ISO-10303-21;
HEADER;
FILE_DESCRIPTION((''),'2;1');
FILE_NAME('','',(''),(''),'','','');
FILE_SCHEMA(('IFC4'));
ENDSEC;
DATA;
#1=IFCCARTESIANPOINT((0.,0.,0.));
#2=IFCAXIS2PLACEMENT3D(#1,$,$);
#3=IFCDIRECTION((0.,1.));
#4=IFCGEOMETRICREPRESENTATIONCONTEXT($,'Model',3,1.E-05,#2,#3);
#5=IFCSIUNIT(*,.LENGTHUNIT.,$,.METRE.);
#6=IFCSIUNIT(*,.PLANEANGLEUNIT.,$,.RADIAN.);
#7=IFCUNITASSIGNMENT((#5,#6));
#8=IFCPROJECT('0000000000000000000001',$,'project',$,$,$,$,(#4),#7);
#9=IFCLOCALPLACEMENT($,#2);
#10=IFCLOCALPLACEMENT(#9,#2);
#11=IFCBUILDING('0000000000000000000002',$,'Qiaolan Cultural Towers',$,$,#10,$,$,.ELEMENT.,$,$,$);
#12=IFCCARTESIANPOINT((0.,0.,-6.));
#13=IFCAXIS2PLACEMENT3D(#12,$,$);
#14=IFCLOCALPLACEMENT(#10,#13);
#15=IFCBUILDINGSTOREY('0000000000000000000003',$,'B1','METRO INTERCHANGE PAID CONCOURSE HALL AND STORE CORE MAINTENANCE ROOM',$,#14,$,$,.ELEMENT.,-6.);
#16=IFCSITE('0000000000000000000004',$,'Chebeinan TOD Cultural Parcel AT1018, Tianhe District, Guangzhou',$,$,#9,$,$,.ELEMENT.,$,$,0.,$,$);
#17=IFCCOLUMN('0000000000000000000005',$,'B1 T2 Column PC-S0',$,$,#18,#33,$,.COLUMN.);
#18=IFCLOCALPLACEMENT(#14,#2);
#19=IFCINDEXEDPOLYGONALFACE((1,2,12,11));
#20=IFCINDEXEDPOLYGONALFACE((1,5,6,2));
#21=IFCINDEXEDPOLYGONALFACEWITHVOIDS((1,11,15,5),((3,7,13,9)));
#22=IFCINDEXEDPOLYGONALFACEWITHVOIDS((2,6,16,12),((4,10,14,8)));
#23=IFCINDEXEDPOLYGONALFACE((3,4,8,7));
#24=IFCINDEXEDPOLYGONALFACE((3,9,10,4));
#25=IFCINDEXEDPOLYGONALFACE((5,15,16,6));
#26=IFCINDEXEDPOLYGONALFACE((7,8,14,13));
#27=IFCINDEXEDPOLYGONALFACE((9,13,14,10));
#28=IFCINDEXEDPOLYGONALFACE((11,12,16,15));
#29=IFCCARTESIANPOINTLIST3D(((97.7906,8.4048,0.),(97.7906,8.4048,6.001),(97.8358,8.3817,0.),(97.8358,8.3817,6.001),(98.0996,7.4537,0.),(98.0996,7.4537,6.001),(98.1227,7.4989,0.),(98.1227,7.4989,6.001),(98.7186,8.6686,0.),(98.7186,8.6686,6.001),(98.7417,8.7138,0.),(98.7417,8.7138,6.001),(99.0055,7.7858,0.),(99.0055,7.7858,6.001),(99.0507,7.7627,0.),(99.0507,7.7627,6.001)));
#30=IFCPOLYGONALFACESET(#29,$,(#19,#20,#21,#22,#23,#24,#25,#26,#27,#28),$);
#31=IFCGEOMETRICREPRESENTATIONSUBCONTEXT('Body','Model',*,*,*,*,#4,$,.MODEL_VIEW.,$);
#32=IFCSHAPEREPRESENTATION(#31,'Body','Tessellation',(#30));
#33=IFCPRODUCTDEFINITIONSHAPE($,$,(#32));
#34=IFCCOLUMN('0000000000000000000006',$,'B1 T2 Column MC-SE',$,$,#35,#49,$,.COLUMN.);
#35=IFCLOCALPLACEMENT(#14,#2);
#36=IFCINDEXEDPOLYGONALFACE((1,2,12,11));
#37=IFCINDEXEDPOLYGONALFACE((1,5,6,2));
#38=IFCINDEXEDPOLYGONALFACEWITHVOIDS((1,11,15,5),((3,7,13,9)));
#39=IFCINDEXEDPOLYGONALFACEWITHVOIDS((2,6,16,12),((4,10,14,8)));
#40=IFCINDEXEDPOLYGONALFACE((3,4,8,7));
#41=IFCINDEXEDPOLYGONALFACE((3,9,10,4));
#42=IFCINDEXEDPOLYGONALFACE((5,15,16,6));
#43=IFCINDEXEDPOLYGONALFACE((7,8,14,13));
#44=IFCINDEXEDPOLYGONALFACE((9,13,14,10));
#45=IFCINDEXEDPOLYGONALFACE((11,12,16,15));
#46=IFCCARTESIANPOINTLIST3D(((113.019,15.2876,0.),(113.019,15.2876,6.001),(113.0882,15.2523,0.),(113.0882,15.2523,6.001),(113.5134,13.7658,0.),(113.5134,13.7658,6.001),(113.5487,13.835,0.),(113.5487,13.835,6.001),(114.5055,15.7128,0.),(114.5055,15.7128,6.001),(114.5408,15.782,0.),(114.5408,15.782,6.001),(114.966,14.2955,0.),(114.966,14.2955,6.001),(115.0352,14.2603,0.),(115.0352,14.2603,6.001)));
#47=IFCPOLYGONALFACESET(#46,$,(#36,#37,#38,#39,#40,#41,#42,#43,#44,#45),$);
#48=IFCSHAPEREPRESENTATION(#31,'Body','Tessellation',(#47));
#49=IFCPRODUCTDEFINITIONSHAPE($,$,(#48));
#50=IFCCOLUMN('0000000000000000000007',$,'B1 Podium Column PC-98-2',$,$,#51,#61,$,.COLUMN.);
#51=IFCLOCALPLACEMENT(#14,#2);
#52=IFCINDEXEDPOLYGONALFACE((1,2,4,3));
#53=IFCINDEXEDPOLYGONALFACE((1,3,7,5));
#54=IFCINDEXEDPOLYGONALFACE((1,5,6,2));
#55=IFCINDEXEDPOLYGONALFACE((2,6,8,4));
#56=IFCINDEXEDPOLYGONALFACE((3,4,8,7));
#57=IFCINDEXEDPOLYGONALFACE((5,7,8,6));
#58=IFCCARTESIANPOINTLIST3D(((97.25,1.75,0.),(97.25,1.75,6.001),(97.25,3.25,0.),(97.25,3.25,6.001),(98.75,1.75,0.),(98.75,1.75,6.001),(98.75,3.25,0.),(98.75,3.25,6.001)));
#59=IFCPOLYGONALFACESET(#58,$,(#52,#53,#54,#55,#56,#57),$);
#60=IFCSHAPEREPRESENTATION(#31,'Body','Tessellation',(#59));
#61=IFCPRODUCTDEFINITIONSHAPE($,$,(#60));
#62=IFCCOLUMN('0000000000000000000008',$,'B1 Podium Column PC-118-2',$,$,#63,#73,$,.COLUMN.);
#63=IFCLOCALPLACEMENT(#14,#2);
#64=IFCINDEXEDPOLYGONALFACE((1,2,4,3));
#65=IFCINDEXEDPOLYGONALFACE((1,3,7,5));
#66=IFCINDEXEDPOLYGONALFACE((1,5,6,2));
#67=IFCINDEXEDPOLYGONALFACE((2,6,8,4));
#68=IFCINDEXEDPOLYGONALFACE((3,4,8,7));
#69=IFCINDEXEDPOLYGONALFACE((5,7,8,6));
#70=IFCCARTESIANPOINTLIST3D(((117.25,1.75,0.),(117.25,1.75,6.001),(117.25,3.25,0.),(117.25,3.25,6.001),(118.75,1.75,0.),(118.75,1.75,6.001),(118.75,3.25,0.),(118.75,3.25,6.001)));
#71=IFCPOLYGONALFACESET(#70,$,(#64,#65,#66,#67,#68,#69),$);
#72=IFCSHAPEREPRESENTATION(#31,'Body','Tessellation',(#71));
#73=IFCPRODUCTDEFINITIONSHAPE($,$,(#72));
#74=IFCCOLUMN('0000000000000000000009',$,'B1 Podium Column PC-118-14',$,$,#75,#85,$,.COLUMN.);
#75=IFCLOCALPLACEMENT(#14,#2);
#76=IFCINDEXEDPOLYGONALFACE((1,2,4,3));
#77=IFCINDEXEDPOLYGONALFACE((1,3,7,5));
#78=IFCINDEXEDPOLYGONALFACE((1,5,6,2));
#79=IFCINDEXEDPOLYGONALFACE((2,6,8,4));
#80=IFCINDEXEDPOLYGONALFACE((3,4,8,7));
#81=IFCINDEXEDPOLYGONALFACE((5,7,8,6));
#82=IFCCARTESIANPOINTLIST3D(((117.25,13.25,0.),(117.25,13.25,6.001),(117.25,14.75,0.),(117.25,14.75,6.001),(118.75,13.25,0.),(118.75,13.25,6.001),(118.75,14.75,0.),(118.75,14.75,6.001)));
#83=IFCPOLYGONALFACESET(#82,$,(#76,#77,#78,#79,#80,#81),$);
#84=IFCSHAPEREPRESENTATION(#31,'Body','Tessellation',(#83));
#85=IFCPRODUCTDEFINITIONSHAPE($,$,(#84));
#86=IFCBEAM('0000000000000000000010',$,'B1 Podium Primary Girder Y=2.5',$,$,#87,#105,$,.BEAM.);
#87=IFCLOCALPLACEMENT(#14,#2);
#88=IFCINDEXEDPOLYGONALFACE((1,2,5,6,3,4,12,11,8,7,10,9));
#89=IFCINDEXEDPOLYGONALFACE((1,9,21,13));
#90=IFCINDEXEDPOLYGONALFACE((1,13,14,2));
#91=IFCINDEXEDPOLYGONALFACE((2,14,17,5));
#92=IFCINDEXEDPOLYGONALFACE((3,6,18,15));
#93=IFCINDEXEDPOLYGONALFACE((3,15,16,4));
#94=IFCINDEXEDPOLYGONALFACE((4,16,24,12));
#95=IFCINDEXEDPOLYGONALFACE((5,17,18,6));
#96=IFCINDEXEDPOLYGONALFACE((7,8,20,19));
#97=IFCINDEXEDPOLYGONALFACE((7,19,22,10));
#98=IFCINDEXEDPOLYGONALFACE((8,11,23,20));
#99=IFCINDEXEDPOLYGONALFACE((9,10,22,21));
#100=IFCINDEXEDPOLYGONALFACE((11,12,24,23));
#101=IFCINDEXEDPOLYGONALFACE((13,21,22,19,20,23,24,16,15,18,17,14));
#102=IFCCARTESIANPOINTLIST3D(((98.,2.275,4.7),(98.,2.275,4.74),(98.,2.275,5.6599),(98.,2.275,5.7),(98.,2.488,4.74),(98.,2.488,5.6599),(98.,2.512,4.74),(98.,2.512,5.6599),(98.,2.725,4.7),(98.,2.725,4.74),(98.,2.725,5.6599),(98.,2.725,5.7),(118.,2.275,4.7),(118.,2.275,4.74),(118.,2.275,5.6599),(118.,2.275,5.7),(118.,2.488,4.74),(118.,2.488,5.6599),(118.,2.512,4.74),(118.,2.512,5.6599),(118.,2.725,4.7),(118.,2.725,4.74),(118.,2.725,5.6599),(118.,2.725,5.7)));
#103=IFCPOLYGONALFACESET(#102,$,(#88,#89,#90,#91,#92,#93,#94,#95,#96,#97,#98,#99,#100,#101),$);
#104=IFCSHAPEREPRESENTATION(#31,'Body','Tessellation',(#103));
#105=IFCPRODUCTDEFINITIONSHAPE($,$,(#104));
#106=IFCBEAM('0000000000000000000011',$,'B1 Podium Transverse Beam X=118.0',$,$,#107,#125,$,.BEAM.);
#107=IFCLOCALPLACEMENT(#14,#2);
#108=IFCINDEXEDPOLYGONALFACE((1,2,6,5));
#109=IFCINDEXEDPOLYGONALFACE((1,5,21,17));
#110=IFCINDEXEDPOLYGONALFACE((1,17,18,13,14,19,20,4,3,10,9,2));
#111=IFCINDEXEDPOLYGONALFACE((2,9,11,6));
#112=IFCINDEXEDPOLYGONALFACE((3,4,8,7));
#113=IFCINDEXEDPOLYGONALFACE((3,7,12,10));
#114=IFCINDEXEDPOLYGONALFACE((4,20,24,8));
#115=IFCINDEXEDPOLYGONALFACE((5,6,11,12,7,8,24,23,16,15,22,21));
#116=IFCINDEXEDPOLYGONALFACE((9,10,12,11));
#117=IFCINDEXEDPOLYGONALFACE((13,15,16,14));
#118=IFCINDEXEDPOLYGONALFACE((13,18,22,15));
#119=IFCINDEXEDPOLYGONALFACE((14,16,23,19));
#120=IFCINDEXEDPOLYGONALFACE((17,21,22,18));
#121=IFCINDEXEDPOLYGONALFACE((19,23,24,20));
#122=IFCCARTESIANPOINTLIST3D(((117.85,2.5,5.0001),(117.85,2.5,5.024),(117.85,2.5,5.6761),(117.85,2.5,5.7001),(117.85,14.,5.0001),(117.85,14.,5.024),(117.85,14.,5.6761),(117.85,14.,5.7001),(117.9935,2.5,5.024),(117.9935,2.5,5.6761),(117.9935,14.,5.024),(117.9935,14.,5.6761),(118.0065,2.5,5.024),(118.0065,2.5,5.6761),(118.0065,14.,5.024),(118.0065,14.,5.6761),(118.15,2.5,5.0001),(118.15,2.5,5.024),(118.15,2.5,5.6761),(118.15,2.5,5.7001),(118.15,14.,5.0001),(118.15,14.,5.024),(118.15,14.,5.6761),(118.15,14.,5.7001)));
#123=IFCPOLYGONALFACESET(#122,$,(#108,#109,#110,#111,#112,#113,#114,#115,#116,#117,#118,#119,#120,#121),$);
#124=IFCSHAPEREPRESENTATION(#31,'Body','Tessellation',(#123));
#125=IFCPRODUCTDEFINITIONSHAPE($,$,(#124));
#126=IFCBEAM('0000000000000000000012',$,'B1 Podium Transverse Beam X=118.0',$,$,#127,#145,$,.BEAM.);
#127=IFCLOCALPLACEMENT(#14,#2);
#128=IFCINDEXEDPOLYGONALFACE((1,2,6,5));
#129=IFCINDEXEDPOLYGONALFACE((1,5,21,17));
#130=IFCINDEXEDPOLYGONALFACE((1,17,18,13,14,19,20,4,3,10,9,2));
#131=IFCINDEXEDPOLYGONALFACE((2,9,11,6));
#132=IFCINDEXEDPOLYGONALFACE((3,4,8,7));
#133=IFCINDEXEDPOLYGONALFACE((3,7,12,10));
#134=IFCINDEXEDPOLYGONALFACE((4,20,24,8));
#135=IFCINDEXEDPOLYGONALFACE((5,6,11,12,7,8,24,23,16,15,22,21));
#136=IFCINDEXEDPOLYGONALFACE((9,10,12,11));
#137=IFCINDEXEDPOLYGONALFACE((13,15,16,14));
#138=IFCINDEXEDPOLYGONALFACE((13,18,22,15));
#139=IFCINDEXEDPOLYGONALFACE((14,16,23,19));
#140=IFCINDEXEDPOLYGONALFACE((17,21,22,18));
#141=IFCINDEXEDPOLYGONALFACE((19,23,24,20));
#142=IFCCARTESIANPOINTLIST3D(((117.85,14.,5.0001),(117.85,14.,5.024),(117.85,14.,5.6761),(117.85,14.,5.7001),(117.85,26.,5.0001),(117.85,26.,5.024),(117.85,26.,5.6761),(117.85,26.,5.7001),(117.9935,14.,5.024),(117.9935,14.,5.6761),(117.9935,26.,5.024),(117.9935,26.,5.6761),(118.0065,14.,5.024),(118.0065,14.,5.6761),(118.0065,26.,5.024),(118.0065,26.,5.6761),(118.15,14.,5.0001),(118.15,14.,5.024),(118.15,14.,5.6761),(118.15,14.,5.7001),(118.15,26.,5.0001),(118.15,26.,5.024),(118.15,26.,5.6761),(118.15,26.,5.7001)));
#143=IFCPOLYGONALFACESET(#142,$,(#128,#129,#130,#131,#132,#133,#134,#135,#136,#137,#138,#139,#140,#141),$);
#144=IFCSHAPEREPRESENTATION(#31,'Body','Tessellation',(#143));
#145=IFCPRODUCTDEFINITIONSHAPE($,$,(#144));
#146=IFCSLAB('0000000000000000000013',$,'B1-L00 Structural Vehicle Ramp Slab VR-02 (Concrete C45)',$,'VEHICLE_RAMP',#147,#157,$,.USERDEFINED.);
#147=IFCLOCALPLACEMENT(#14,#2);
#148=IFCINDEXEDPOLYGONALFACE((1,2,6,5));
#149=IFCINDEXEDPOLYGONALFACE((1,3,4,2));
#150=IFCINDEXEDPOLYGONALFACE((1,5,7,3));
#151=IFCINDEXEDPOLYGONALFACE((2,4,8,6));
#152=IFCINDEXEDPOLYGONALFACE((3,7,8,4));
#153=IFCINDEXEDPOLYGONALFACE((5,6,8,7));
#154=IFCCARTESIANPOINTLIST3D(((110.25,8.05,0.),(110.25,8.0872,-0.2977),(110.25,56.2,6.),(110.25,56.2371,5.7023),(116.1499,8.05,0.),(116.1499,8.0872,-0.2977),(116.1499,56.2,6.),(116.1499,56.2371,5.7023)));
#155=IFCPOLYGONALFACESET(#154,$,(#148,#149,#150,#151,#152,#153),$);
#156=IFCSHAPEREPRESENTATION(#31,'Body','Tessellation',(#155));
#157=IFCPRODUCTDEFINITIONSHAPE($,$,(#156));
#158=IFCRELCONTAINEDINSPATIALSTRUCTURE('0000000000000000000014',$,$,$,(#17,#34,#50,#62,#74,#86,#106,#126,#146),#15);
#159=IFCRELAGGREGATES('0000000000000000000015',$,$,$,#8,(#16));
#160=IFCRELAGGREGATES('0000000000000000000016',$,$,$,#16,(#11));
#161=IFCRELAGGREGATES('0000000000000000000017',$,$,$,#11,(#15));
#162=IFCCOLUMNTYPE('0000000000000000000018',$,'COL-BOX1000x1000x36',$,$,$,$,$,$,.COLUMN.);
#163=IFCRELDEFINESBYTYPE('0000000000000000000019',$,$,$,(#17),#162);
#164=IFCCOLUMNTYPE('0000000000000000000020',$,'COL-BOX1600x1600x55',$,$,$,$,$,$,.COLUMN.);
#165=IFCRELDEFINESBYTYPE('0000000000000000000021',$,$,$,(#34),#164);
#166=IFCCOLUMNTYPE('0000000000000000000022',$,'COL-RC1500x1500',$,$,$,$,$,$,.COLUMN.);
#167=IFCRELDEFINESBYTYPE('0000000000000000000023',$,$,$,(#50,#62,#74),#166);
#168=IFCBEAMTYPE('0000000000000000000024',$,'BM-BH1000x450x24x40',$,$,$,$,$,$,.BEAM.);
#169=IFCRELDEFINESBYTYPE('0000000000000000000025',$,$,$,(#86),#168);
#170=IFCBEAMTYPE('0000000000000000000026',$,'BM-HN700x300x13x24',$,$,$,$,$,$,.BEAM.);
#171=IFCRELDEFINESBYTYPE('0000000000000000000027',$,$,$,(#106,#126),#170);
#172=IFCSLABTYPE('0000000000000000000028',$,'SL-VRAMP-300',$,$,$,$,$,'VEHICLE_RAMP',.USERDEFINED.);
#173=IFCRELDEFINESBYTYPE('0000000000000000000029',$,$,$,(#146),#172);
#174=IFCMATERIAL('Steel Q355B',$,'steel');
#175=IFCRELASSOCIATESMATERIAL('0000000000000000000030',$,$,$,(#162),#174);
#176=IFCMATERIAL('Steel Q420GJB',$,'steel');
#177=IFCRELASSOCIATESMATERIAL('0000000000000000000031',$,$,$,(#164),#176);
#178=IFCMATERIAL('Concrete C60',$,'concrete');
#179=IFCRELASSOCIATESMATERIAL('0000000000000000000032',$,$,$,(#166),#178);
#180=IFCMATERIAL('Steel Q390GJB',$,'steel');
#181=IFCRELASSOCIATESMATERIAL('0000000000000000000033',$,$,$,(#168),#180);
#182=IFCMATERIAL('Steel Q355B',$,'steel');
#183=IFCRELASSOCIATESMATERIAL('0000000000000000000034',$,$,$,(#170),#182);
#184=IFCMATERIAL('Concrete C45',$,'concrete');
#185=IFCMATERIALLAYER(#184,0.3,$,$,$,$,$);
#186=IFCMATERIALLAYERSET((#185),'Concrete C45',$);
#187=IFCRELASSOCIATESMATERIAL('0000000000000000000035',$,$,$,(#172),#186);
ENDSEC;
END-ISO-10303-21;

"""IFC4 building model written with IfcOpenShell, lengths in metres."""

from ifc_helpers import new_model, si_unit, direction, frame, origin, origin_2d, place, context, subcontext, project, spatial, polyline, rectangle, hollow_rectangle, i_section, outline, extrude, material, layer, layer_set, material_profile, profile_set, type_object, element, save


model = new_model("IFC4")

# Units and contexts
model_context = context("Model", 3, precision=1e-05, world=origin(), true_north=direction((0.0, 1.0)))
body_context = subcontext(model_context, "Body", "Model", "MODEL_VIEW")
ifc_project = project(units=[si_unit("LENGTHUNIT", "METRE"), si_unit("PLANEANGLEUNIT", "RADIAN")], contexts=[model_context])

# Site, building, storey
site_placement = place(None, origin())
site = spatial("IfcSite", under=ifc_project, at=site_placement, Name="Chebeinan TOD Cultural Parcel AT1018, Tianhe District, Guangzhou", CompositionType="ELEMENT", RefElevation=0.0)
building_placement = place(site_placement, origin())
building = spatial("IfcBuilding", under=site, at=building_placement, Name="Qiaolan Cultural Towers", CompositionType="ELEMENT")
storey_placement = place(building_placement, frame((0.0, 0.0, -6.0)))
storey = spatial("IfcBuildingStorey", under=building, at=storey_placement, Name="B1", Description="METRO INTERCHANGE PAID CONCOURSE HALL AND STORE CORE MAINTENANCE ROOM", CompositionType="ELEMENT", Elevation=-6.0)

# Columns
ifc_material_1 = material(Name="Steel Q355B", Category="steel")
ifc_material_profile_1 = material_profile(ifc_material_1, hollow_rectangle(XDim=1.0, YDim=1.0, WallThickness=0.0359, at=origin_2d()), Name="BOX1000x1000x36")
ifc_profile_set_1 = profile_set([ifc_material_profile_1], Name="Steel Q355B")
column_type_1 = type_object("IfcColumnType", Name="COL-BOX1000x1000x36", PredefinedType="COLUMN", material=ifc_profile_set_1)
column_1_placement = place(storey_placement, frame((98.4207, 8.0837, 0.0), z_axis=(0.0, 0.0, 1.0), x_axis=(0.951057, 0.309017, 0.0)))
element("IfcColumn", 1, at=column_1_placement, inside=storey, type_object=column_type_1, Name="B1 T2 Column PC-S0", PredefinedType="COLUMN", context=body_context, shape_type="SweptSolid", body=[
    extrude(hollow_rectangle(XDim=1.0, YDim=1.0, WallThickness=0.0359, at=origin_2d()), origin(), (0.0, 0.0, 1.0), 6.001),
])
ifc_material_2 = material(Name="Steel Q420GJB", Category="steel")
ifc_material_profile_2 = material_profile(ifc_material_2, hollow_rectangle(XDim=1.6001, YDim=1.6001, WallThickness=0.0549, at=origin_2d()), Name="BOX1600x1600x55")
ifc_profile_set_2 = profile_set([ifc_material_profile_2], Name="Steel Q420GJB")
column_type_2 = type_object("IfcColumnType", Name="COL-BOX1600x1600x55", PredefinedType="COLUMN", material=ifc_profile_set_2)
column_2_placement = place(storey_placement, frame((114.0271, 14.7739, 0.0), z_axis=(0.0, 0.0, 1.0), x_axis=(0.951057, 0.309017, 0.0)))
element("IfcColumn", 2, at=column_2_placement, inside=storey, type_object=column_type_2, Name="B1 T2 Column MC-SE", PredefinedType="COLUMN", context=body_context, shape_type="SweptSolid", body=[
    extrude(hollow_rectangle(XDim=1.6001, YDim=1.6001, WallThickness=0.0549, at=origin_2d()), origin(), (0.0, 0.0, 1.0), 6.001),
])
ifc_material_3 = material(Name="Concrete C60", Category="concrete")
ifc_material_profile_3 = material_profile(ifc_material_3, rectangle(XDim=1.5, YDim=1.5, at=origin_2d()), Name="RC1500x1500")
ifc_profile_set_3 = profile_set([ifc_material_profile_3], Name="Concrete C60")
column_type_3 = type_object("IfcColumnType", Name="COL-RC1500x1500", PredefinedType="COLUMN", material=ifc_profile_set_3)
for number, where, z_axis, x_axis, name in (
    (3, (98.0, 2.5, 0.0), (0.0, 0.0, 1.0), (1.0, 0.0, 0.0), "B1 Podium Column PC-98-2"),
    (4, (118.0, 2.5, 0.0), (0.0, 0.0, 1.0), (1.0, 0.0, 0.0), "B1 Podium Column PC-118-2"),
    (5, (118.0, 14.0, 0.0), (0.0, 0.0, 1.0), (1.0, 0.0, 0.0), "B1 Podium Column PC-118-14"),
):
    element("IfcColumn", number, at=place(storey_placement, frame(where, z_axis=z_axis, x_axis=x_axis)), inside=storey, type_object=column_type_3, Name=name, PredefinedType="COLUMN", context=body_context, shape_type="SweptSolid", body=[
        extrude(rectangle(XDim=1.5, YDim=1.5, at=origin_2d()), origin(), (0.0, 0.0, 1.0), 6.001),
    ])

# Beams
ifc_material_4 = material(Name="Steel Q390GJB", Category="steel")
ifc_material_profile_4 = material_profile(ifc_material_4, i_section(OverallWidth=0.45, OverallDepth=1.0, WebThickness=0.0239, FlangeThickness=0.04, at=origin_2d()), Name="BH1000x450x24x40")
ifc_profile_set_4 = profile_set([ifc_material_profile_4], Name="Steel Q390GJB")
beam_type_1 = type_object("IfcBeamType", Name="BM-BH1000x450x24x40", PredefinedType="BEAM", material=ifc_profile_set_4)
beam_1_placement = place(storey_placement, frame((98.0, 2.5, 5.2), z_axis=(1.0, 0.0, 0.0), x_axis=(0.0, 1.0, 0.0)))
element("IfcBeam", 6, at=beam_1_placement, inside=storey, type_object=beam_type_1, Name="B1 Podium Primary Girder Y=2.5", PredefinedType="BEAM", context=body_context, shape_type="SweptSolid", body=[
    extrude(i_section(OverallWidth=0.45, OverallDepth=1.0, WebThickness=0.0239, FlangeThickness=0.04, at=origin_2d()), origin(), (0.0, 0.0, 1.0), 20.0),
])
ifc_material_5 = material(Name="Steel Q355B", Category="steel")
ifc_material_profile_5 = material_profile(ifc_material_5, i_section(OverallWidth=0.3, OverallDepth=0.7, WebThickness=0.0129, FlangeThickness=0.0239, at=origin_2d()), Name="HN700x300x13x24")
ifc_profile_set_5 = profile_set([ifc_material_profile_5], Name="Steel Q355B")
beam_type_2 = type_object("IfcBeamType", Name="BM-HN700x300x13x24", PredefinedType="BEAM", material=ifc_profile_set_5)
beam_2_placement = place(storey_placement, frame((118.0, 2.5, 5.3501), z_axis=(0.0, 1.0, 0.0), x_axis=(-1.0, 0.0, 0.0)))
element("IfcBeam", 7, at=beam_2_placement, inside=storey, type_object=beam_type_2, Name="B1 Podium Transverse Beam X=118.0", PredefinedType="BEAM", context=body_context, shape_type="SweptSolid", body=[
    extrude(i_section(OverallWidth=0.3, OverallDepth=0.7, WebThickness=0.0129, FlangeThickness=0.0239, at=origin_2d()), origin(), (0.0, 0.0, 1.0), 11.5),
])
beam_3_placement = place(storey_placement, frame((118.0, 14.0, 5.3501), z_axis=(0.0, 1.0, 0.0), x_axis=(-1.0, 0.0, 0.0)))
element("IfcBeam", 8, at=beam_3_placement, inside=storey, type_object=beam_type_2, Name="B1 Podium Transverse Beam X=118.0", PredefinedType="BEAM", context=body_context, shape_type="SweptSolid", body=[
    extrude(i_section(OverallWidth=0.3, OverallDepth=0.7, WebThickness=0.0129, FlangeThickness=0.0239, at=origin_2d()), origin(), (0.0, 0.0, 1.0), 12.0),
])

# Slab
ifc_material_6 = material(Name="Concrete C45", Category="concrete")
ifc_layer_1 = layer(ifc_material_6, 0.3)
ifc_layer_set_1 = layer_set([ifc_layer_1], Name="Concrete C45")
slab_type = type_object("IfcSlabType", Name="SL-VRAMP-300", ElementType="VEHICLE_RAMP", PredefinedType="USERDEFINED", material=ifc_layer_set_1)
slab_placement = place(storey_placement, frame((110.25, 8.05, 0.0), z_axis=(0.0, -0.123654, 0.992325), x_axis=(1.0, 0.0, 0.0)))
element("IfcSlab", 9, at=slab_placement, inside=storey, type_object=slab_type, Name="B1-L00 Structural Vehicle Ramp Slab VR-02 (Concrete C45)", ObjectType="VEHICLE_RAMP", PredefinedType="USERDEFINED", context=body_context, shape_type="SweptSolid", body=[
    extrude(outline(polyline([(0.0, 0.0), (5.8999, 0.0), (5.8999, 48.5223), (0.0, 48.5223), (0.0, 0.0)])), origin(), (0.0, 0.0, -1.0), 0.3),
])

save(model, "model.ifc")
